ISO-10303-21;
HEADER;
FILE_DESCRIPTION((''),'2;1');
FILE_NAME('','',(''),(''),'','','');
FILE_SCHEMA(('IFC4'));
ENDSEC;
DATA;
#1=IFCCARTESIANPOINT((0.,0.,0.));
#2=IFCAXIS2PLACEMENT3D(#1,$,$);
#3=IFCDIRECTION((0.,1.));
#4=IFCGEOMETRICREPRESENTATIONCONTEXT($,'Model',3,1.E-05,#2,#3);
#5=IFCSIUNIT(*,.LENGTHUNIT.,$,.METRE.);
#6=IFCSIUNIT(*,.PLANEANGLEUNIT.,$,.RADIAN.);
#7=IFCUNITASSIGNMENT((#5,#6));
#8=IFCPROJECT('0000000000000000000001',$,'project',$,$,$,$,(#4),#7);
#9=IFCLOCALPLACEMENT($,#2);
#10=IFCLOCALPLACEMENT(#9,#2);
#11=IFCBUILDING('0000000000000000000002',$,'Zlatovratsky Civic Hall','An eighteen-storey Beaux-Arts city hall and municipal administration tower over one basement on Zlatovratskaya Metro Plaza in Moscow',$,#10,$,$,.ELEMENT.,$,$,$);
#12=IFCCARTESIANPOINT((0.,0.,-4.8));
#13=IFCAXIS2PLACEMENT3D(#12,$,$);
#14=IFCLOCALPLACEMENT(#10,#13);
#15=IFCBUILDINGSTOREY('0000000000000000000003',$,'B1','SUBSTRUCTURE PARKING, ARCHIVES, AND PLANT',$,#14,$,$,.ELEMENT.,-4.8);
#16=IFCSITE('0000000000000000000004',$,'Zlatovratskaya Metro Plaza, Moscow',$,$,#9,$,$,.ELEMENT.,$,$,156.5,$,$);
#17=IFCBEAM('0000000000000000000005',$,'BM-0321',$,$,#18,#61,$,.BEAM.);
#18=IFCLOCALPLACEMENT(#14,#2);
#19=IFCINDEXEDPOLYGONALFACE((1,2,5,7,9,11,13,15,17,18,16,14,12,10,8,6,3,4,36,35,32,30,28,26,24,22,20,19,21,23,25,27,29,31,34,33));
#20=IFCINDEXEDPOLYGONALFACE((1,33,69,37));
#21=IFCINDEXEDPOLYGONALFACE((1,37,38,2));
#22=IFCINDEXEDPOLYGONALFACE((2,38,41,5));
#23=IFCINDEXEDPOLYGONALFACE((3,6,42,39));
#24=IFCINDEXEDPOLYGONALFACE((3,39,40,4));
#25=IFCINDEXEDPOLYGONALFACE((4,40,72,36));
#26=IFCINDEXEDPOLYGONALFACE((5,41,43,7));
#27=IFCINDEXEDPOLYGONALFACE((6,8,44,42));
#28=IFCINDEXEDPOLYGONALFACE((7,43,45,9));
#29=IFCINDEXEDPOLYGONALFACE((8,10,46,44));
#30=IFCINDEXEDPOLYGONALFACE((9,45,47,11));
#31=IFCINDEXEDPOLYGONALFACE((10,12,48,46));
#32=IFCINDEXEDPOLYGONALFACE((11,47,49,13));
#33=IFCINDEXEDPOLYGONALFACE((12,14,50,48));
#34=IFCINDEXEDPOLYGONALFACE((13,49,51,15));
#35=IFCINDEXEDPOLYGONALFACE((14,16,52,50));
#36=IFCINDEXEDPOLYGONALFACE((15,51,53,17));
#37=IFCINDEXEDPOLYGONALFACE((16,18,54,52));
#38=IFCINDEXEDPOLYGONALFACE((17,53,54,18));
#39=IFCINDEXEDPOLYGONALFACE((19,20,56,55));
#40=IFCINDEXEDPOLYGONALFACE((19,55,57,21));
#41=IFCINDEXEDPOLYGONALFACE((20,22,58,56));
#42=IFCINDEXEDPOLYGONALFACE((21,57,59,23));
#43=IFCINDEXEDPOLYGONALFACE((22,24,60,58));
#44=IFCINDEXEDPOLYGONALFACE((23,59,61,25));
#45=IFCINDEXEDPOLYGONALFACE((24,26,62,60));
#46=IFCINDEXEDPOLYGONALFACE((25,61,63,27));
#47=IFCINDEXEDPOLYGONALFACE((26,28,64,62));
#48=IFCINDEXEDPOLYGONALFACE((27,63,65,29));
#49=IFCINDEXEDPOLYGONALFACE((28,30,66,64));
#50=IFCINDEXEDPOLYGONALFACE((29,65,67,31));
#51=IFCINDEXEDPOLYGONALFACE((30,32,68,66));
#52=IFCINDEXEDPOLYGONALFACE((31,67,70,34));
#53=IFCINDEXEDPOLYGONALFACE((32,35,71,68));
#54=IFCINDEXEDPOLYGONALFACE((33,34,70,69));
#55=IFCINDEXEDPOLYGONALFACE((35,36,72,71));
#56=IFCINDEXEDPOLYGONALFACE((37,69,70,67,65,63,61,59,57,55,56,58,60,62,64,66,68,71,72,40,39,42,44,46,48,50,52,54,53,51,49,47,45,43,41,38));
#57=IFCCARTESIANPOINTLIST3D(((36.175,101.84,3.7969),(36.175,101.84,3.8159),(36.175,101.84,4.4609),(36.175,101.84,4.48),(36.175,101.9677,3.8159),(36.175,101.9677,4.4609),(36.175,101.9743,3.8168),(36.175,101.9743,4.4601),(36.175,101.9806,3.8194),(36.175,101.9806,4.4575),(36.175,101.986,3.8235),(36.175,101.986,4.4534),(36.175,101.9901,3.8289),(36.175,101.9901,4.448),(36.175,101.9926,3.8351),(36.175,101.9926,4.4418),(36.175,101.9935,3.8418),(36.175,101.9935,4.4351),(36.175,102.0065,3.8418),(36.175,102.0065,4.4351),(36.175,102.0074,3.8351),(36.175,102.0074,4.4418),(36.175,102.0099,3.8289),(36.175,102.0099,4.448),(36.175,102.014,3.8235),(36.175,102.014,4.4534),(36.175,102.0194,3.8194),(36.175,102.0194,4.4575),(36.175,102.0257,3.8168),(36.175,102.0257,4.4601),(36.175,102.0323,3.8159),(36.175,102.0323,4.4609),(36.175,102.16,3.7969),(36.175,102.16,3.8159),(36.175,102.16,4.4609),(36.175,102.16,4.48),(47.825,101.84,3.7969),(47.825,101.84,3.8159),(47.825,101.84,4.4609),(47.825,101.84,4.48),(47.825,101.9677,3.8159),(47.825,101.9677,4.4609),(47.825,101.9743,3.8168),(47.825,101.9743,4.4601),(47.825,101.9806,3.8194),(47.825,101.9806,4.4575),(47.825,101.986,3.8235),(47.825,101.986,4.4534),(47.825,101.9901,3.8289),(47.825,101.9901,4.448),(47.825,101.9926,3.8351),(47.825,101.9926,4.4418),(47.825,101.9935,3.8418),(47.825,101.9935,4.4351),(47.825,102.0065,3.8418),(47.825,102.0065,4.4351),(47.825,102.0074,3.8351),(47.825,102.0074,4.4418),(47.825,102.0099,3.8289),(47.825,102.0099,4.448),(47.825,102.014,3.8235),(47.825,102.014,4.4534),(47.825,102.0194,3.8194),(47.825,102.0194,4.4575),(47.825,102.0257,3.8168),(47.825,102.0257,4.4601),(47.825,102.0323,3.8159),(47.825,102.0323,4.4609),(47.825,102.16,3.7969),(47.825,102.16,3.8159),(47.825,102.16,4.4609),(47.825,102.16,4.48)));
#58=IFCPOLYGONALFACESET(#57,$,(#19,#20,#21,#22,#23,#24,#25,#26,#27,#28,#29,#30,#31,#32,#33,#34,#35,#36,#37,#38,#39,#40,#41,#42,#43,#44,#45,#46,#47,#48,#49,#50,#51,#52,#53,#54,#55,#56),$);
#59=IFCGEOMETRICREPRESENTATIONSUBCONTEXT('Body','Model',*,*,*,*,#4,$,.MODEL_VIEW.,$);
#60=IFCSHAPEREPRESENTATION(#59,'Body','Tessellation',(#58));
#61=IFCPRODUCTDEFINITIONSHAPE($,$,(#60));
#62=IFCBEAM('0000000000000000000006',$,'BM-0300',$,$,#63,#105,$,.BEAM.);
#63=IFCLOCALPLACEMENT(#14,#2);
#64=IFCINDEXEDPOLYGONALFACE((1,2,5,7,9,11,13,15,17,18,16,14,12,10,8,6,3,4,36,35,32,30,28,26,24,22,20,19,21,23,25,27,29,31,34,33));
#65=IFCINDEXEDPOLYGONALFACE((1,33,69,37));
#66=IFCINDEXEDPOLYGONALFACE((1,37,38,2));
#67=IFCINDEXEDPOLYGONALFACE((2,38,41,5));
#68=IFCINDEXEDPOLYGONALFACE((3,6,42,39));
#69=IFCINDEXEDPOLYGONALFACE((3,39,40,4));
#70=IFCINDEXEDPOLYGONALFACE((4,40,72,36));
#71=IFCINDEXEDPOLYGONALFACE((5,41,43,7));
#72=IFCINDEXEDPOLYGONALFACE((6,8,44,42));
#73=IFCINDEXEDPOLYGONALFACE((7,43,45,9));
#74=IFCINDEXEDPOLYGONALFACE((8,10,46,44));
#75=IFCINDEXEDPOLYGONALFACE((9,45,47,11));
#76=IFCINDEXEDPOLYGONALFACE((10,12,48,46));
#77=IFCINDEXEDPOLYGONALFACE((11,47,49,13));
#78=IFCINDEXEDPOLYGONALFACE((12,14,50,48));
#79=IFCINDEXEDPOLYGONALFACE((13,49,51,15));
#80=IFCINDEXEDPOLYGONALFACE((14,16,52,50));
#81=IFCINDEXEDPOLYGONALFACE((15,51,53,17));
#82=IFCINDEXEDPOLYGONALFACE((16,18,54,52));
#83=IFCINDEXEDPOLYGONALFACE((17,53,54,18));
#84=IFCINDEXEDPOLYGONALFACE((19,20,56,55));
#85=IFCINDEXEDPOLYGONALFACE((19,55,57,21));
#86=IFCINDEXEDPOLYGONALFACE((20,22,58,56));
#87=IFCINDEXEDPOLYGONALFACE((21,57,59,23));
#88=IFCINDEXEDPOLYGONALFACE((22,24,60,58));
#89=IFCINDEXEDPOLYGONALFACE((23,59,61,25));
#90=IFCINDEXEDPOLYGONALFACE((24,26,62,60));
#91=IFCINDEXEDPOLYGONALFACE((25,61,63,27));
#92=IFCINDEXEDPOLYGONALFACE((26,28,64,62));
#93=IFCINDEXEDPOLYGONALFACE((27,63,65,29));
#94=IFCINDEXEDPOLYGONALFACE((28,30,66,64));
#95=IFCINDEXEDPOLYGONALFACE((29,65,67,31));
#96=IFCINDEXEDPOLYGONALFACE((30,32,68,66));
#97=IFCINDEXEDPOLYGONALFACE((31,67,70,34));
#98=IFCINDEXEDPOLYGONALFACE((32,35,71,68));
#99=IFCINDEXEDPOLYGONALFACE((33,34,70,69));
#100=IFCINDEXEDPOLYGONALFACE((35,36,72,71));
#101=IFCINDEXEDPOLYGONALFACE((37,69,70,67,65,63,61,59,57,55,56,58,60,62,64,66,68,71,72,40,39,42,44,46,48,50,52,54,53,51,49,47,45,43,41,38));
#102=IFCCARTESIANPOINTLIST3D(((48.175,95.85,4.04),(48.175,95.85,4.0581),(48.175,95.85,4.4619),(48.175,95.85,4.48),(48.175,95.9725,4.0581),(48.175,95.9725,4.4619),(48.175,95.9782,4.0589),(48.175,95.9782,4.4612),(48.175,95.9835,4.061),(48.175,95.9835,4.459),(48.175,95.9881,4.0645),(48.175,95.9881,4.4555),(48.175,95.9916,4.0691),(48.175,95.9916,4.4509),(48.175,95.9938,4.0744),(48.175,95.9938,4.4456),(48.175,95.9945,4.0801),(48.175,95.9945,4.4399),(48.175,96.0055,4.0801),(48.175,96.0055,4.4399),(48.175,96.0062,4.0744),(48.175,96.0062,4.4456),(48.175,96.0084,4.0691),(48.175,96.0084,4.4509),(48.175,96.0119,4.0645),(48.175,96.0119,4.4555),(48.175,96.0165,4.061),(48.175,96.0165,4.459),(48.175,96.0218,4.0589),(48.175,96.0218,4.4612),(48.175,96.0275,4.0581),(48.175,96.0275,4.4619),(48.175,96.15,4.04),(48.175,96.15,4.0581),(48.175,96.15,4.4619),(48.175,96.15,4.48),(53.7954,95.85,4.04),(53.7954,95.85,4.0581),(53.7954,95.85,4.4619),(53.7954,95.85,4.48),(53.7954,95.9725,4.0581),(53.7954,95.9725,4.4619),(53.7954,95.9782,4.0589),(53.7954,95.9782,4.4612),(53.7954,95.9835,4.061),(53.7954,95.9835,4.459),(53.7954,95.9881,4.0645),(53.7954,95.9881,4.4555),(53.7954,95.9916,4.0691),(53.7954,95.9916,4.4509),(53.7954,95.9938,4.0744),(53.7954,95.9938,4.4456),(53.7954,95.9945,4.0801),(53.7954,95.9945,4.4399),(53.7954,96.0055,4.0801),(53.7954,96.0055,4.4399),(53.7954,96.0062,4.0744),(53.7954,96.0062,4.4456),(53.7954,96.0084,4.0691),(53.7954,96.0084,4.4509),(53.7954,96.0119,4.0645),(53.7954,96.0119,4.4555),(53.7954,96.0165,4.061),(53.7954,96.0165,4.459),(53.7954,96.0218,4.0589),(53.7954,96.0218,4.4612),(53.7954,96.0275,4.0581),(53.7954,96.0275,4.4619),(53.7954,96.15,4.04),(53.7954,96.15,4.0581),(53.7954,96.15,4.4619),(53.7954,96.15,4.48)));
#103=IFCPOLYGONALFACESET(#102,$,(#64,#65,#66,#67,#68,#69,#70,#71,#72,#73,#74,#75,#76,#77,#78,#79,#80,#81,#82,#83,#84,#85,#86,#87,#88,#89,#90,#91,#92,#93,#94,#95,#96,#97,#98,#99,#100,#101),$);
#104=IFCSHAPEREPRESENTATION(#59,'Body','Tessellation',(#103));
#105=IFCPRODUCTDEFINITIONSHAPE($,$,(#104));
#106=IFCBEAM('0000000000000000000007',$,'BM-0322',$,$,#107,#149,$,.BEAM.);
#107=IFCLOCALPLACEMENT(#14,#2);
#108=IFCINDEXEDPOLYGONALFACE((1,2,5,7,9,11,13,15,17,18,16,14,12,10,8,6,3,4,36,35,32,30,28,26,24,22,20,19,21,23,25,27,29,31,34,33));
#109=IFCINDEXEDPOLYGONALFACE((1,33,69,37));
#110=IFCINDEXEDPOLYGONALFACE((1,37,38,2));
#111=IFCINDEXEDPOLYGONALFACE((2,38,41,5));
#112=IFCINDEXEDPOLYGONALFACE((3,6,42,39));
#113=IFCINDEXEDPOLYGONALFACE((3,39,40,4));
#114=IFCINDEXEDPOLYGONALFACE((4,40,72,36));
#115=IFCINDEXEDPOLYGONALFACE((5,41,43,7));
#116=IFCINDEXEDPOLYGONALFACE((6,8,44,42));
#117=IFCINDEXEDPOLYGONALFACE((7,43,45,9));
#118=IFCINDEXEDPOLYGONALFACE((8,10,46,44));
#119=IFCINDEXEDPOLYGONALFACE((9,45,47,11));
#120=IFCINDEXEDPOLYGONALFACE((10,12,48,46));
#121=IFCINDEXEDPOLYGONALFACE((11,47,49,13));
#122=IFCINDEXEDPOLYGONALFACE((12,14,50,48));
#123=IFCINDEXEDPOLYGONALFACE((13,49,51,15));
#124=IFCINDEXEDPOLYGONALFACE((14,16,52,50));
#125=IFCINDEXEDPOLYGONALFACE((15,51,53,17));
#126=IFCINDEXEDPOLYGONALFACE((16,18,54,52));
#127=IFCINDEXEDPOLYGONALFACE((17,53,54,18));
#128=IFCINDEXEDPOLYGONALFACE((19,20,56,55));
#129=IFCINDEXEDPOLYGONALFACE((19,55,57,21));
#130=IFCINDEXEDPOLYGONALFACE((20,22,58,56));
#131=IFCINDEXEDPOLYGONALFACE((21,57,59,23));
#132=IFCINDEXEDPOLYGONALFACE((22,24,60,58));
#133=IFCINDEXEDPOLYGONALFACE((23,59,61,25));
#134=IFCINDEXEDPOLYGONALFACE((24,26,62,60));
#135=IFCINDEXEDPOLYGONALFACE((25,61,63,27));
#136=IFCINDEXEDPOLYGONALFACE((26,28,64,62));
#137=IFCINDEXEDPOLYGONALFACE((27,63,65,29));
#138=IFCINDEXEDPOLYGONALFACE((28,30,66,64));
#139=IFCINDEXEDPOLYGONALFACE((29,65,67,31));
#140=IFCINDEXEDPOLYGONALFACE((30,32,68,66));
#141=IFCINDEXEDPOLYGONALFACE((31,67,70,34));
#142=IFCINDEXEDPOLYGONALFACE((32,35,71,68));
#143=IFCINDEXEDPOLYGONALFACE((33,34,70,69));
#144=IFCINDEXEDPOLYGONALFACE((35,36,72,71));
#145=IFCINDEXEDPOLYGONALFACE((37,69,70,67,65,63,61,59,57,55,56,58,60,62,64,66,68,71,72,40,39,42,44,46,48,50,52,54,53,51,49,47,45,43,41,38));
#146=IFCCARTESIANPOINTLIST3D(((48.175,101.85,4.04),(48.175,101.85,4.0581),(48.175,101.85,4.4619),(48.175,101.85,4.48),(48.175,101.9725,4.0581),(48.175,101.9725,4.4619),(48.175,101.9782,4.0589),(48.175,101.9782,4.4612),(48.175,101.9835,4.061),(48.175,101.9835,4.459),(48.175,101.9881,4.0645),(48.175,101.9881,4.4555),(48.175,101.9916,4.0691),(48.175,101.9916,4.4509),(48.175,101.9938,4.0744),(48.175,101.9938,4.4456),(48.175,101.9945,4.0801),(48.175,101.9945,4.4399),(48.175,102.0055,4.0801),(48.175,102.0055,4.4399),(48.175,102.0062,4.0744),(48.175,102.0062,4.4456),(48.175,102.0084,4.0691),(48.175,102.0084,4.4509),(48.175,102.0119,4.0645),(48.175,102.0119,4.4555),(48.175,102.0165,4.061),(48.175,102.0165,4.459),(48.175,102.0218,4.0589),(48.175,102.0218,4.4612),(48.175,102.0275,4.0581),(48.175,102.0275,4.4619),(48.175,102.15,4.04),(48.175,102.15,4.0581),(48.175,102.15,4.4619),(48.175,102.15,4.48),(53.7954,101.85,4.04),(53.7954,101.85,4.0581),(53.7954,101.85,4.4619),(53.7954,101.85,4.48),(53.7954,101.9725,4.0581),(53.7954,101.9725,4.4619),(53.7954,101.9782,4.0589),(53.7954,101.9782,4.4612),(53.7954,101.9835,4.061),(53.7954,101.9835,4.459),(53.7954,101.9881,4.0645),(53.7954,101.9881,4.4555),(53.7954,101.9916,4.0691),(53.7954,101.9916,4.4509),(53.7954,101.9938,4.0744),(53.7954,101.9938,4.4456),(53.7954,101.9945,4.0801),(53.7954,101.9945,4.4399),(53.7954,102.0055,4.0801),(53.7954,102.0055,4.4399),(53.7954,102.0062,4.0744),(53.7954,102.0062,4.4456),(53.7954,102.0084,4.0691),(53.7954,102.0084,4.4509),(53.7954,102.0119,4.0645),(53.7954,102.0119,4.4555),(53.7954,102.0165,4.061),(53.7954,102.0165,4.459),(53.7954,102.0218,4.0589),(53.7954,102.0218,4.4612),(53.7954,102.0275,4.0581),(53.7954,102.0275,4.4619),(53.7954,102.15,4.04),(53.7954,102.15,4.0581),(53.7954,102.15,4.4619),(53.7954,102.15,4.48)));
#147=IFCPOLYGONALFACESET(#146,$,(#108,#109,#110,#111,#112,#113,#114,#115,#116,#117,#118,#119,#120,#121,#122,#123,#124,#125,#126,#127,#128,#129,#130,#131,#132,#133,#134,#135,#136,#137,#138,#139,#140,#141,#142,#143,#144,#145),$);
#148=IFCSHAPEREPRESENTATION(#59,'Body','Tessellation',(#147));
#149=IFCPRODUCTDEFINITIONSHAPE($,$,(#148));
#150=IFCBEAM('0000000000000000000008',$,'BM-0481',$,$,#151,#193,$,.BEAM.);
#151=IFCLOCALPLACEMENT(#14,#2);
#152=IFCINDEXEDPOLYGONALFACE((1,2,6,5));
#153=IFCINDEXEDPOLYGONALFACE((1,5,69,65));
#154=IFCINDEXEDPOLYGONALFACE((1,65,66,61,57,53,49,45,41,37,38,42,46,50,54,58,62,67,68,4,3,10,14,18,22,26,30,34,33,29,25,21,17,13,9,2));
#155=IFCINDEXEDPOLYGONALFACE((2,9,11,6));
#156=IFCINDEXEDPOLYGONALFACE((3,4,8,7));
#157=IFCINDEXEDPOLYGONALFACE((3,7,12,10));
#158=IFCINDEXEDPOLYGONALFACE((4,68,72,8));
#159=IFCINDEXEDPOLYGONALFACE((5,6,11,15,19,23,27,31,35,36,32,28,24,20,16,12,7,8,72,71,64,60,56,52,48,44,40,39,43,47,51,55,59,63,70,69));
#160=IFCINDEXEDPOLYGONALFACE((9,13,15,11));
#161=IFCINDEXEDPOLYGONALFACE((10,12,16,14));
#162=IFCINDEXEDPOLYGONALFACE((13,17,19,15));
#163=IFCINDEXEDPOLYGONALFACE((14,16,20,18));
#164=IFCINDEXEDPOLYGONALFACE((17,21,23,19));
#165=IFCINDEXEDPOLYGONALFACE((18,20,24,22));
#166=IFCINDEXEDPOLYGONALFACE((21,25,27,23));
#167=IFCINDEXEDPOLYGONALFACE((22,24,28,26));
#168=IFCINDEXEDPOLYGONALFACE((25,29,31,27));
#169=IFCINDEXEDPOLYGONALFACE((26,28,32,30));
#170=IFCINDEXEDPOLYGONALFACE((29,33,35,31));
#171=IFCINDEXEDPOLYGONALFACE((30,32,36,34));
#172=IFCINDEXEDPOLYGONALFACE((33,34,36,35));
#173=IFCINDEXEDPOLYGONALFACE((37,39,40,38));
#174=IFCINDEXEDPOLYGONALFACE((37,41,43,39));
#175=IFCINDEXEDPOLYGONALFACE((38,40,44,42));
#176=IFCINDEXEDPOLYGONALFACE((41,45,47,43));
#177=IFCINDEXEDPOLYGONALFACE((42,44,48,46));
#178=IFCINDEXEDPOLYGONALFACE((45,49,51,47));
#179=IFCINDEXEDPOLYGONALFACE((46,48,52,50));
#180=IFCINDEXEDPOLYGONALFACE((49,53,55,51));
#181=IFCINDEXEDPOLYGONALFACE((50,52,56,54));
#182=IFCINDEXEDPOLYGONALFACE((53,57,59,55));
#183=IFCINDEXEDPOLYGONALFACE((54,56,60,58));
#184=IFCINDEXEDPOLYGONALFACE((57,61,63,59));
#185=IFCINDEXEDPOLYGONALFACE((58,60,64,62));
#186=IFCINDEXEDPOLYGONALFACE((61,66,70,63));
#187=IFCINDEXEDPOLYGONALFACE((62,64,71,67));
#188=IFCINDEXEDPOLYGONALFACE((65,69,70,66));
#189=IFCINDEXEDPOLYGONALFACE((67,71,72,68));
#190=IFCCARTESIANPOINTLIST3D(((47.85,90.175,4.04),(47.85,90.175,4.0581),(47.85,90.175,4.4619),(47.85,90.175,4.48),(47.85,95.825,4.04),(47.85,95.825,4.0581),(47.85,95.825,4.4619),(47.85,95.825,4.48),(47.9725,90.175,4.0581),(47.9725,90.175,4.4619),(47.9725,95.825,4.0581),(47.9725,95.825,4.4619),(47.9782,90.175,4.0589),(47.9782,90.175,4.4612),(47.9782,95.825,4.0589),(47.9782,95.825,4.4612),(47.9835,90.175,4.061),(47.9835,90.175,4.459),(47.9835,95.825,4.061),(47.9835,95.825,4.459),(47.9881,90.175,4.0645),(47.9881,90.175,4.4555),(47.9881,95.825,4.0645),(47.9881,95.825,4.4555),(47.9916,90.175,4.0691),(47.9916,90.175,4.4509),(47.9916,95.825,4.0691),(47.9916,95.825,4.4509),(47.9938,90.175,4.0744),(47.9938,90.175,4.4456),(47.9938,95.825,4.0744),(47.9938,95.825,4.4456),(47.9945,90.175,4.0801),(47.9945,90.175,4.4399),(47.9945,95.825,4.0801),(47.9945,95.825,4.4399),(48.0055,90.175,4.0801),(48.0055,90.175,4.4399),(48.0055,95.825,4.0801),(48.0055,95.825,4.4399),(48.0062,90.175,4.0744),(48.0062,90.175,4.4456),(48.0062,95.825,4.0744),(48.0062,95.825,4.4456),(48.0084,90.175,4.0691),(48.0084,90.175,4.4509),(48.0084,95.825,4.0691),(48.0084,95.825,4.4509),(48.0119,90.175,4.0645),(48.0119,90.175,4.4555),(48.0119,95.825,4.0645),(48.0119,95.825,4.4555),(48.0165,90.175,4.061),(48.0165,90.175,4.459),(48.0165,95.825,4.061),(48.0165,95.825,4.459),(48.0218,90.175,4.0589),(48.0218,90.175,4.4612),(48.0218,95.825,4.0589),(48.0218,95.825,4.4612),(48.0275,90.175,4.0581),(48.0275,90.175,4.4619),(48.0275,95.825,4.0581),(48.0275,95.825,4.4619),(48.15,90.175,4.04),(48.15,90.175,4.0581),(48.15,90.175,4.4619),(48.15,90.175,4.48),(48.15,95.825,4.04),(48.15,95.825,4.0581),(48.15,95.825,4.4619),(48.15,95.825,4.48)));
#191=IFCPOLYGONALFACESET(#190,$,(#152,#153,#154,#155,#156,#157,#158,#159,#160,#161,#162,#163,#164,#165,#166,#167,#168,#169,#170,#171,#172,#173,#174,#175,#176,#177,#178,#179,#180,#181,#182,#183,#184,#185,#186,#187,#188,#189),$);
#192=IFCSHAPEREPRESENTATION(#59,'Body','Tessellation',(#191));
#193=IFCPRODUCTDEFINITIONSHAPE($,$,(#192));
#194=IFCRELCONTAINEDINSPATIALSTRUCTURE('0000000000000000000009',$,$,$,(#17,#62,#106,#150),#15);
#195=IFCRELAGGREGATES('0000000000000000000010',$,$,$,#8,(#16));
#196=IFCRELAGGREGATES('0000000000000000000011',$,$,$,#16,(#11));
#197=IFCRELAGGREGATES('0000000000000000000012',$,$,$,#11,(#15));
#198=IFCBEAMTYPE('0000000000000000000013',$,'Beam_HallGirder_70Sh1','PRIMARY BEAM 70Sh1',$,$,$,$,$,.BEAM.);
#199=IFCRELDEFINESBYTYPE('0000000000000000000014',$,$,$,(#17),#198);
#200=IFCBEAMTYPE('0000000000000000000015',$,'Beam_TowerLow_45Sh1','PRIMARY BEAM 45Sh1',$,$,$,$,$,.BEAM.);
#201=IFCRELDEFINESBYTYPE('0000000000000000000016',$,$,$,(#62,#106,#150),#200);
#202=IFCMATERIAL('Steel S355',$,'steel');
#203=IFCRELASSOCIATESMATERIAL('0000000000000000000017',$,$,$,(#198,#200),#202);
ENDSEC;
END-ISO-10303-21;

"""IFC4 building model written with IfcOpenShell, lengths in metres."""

from ifc_helpers import new_model, si_unit, direction, frame, origin, origin_2d, place, context, subcontext, project, spatial, i_section, extrude, material, material_profile, profile_set, type_object, element, save


model = new_model("IFC4")

# Units and contexts
model_context = context("Model", 3, precision=1e-05, world=origin(), true_north=direction((0.0, 1.0)))
body_context = subcontext(model_context, "Body", "Model", "MODEL_VIEW")
ifc_project = project(units=[si_unit("LENGTHUNIT", "METRE"), si_unit("PLANEANGLEUNIT", "RADIAN")], contexts=[model_context])

# Site, building, storey
site_placement = place(None, origin())
site = spatial("IfcSite", under=ifc_project, at=site_placement, Name="Zlatovratskaya Metro Plaza, Moscow", CompositionType="ELEMENT", RefElevation=156.5)
building_placement = place(site_placement, origin())
building = spatial("IfcBuilding", under=site, at=building_placement, Name="Zlatovratsky Civic Hall", Description="An eighteen-storey Beaux-Arts city hall and municipal administration tower over one basement on Zlatovratskaya Metro Plaza in Moscow", CompositionType="ELEMENT")
storey_placement = place(building_placement, frame((0.0, 0.0, -4.8)))
storey = spatial("IfcBuildingStorey", under=building, at=storey_placement, Name="B1", Description="SUBSTRUCTURE PARKING, ARCHIVES, AND PLANT", CompositionType="ELEMENT", Elevation=-4.8)

# Shared definitions
ifc_material_1 = material(Name="Steel S355", Category="steel")

# Beams
ifc_material_profile_1 = material_profile(ifc_material_1, i_section(OverallWidth=0.3201, OverallDepth=0.6831, WebThickness=0.0129, FlangeThickness=0.019, FilletRadius=0.0259, at=origin_2d()), Name="70Sh1")
ifc_profile_set_1 = profile_set([ifc_material_profile_1], Name="Steel S355")
beam_type_1 = type_object("IfcBeamType", Name="Beam_HallGirder_70Sh1", Description="PRIMARY BEAM 70Sh1", PredefinedType="BEAM", material=ifc_profile_set_1)
for number, where, z_axis, x_axis, name in (
    (1, (36.175, 102.0, 4.1384), (1.0, 0.0, 0.0), (0.0, 1.0, 0.0), "BM-0321"),
):
    element("IfcBeam", number, at=place(storey_placement, frame(where, z_axis=z_axis, x_axis=x_axis)), inside=storey, type_object=beam_type_1, Name=name, PredefinedType="BEAM", context=body_context, shape_type="SweptSolid", body=[
        extrude(i_section(OverallWidth=0.3201, OverallDepth=0.6831, WebThickness=0.0129, FlangeThickness=0.019, FilletRadius=0.0259, at=origin_2d()), origin(), (0.0, 0.0, 1.0), 11.6499),
    ])
ifc_material_profile_2 = material_profile(ifc_material_1, i_section(OverallWidth=0.3, OverallDepth=0.4399, WebThickness=0.011, FlangeThickness=0.0181, FilletRadius=0.022, at=origin_2d()), Name="45Sh1")
ifc_profile_set_2 = profile_set([ifc_material_profile_2], Name="Steel S355")
beam_type_2 = type_object("IfcBeamType", Name="Beam_TowerLow_45Sh1", Description="PRIMARY BEAM 45Sh1", PredefinedType="BEAM", material=ifc_profile_set_2)
for number, where, z_axis, x_axis, name in (
    (2, (48.175, 96.0, 4.26), (1.0, 0.0, 0.0), (0.0, 1.0, 0.0), "BM-0300"),
    (3, (48.175, 102.0, 4.26), (1.0, 0.0, 0.0), (0.0, 1.0, 0.0), "BM-0322"),
):
    element("IfcBeam", number, at=place(storey_placement, frame(where, z_axis=z_axis, x_axis=x_axis)), inside=storey, type_object=beam_type_2, Name=name, PredefinedType="BEAM", context=body_context, shape_type="SweptSolid", body=[
        extrude(i_section(OverallWidth=0.3, OverallDepth=0.4399, WebThickness=0.011, FlangeThickness=0.0181, FilletRadius=0.022, at=origin_2d()), origin(), (0.0, 0.0, 1.0), 5.6204),
    ])
for number, where, z_axis, x_axis, name in (
    (4, (48.0, 90.175, 4.26), (0.0, 1.0, 0.0), (-1.0, 0.0, 0.0), "BM-0481"),
):
    element("IfcBeam", number, at=place(storey_placement, frame(where, z_axis=z_axis, x_axis=x_axis)), inside=storey, type_object=beam_type_2, Name=name, PredefinedType="BEAM", context=body_context, shape_type="SweptSolid", body=[
        extrude(i_section(OverallWidth=0.3, OverallDepth=0.4399, WebThickness=0.011, FlangeThickness=0.0181, FilletRadius=0.022, at=origin_2d()), origin(), (0.0, 0.0, 1.0), 5.6499),
    ])

save(model, "model.ifc")
